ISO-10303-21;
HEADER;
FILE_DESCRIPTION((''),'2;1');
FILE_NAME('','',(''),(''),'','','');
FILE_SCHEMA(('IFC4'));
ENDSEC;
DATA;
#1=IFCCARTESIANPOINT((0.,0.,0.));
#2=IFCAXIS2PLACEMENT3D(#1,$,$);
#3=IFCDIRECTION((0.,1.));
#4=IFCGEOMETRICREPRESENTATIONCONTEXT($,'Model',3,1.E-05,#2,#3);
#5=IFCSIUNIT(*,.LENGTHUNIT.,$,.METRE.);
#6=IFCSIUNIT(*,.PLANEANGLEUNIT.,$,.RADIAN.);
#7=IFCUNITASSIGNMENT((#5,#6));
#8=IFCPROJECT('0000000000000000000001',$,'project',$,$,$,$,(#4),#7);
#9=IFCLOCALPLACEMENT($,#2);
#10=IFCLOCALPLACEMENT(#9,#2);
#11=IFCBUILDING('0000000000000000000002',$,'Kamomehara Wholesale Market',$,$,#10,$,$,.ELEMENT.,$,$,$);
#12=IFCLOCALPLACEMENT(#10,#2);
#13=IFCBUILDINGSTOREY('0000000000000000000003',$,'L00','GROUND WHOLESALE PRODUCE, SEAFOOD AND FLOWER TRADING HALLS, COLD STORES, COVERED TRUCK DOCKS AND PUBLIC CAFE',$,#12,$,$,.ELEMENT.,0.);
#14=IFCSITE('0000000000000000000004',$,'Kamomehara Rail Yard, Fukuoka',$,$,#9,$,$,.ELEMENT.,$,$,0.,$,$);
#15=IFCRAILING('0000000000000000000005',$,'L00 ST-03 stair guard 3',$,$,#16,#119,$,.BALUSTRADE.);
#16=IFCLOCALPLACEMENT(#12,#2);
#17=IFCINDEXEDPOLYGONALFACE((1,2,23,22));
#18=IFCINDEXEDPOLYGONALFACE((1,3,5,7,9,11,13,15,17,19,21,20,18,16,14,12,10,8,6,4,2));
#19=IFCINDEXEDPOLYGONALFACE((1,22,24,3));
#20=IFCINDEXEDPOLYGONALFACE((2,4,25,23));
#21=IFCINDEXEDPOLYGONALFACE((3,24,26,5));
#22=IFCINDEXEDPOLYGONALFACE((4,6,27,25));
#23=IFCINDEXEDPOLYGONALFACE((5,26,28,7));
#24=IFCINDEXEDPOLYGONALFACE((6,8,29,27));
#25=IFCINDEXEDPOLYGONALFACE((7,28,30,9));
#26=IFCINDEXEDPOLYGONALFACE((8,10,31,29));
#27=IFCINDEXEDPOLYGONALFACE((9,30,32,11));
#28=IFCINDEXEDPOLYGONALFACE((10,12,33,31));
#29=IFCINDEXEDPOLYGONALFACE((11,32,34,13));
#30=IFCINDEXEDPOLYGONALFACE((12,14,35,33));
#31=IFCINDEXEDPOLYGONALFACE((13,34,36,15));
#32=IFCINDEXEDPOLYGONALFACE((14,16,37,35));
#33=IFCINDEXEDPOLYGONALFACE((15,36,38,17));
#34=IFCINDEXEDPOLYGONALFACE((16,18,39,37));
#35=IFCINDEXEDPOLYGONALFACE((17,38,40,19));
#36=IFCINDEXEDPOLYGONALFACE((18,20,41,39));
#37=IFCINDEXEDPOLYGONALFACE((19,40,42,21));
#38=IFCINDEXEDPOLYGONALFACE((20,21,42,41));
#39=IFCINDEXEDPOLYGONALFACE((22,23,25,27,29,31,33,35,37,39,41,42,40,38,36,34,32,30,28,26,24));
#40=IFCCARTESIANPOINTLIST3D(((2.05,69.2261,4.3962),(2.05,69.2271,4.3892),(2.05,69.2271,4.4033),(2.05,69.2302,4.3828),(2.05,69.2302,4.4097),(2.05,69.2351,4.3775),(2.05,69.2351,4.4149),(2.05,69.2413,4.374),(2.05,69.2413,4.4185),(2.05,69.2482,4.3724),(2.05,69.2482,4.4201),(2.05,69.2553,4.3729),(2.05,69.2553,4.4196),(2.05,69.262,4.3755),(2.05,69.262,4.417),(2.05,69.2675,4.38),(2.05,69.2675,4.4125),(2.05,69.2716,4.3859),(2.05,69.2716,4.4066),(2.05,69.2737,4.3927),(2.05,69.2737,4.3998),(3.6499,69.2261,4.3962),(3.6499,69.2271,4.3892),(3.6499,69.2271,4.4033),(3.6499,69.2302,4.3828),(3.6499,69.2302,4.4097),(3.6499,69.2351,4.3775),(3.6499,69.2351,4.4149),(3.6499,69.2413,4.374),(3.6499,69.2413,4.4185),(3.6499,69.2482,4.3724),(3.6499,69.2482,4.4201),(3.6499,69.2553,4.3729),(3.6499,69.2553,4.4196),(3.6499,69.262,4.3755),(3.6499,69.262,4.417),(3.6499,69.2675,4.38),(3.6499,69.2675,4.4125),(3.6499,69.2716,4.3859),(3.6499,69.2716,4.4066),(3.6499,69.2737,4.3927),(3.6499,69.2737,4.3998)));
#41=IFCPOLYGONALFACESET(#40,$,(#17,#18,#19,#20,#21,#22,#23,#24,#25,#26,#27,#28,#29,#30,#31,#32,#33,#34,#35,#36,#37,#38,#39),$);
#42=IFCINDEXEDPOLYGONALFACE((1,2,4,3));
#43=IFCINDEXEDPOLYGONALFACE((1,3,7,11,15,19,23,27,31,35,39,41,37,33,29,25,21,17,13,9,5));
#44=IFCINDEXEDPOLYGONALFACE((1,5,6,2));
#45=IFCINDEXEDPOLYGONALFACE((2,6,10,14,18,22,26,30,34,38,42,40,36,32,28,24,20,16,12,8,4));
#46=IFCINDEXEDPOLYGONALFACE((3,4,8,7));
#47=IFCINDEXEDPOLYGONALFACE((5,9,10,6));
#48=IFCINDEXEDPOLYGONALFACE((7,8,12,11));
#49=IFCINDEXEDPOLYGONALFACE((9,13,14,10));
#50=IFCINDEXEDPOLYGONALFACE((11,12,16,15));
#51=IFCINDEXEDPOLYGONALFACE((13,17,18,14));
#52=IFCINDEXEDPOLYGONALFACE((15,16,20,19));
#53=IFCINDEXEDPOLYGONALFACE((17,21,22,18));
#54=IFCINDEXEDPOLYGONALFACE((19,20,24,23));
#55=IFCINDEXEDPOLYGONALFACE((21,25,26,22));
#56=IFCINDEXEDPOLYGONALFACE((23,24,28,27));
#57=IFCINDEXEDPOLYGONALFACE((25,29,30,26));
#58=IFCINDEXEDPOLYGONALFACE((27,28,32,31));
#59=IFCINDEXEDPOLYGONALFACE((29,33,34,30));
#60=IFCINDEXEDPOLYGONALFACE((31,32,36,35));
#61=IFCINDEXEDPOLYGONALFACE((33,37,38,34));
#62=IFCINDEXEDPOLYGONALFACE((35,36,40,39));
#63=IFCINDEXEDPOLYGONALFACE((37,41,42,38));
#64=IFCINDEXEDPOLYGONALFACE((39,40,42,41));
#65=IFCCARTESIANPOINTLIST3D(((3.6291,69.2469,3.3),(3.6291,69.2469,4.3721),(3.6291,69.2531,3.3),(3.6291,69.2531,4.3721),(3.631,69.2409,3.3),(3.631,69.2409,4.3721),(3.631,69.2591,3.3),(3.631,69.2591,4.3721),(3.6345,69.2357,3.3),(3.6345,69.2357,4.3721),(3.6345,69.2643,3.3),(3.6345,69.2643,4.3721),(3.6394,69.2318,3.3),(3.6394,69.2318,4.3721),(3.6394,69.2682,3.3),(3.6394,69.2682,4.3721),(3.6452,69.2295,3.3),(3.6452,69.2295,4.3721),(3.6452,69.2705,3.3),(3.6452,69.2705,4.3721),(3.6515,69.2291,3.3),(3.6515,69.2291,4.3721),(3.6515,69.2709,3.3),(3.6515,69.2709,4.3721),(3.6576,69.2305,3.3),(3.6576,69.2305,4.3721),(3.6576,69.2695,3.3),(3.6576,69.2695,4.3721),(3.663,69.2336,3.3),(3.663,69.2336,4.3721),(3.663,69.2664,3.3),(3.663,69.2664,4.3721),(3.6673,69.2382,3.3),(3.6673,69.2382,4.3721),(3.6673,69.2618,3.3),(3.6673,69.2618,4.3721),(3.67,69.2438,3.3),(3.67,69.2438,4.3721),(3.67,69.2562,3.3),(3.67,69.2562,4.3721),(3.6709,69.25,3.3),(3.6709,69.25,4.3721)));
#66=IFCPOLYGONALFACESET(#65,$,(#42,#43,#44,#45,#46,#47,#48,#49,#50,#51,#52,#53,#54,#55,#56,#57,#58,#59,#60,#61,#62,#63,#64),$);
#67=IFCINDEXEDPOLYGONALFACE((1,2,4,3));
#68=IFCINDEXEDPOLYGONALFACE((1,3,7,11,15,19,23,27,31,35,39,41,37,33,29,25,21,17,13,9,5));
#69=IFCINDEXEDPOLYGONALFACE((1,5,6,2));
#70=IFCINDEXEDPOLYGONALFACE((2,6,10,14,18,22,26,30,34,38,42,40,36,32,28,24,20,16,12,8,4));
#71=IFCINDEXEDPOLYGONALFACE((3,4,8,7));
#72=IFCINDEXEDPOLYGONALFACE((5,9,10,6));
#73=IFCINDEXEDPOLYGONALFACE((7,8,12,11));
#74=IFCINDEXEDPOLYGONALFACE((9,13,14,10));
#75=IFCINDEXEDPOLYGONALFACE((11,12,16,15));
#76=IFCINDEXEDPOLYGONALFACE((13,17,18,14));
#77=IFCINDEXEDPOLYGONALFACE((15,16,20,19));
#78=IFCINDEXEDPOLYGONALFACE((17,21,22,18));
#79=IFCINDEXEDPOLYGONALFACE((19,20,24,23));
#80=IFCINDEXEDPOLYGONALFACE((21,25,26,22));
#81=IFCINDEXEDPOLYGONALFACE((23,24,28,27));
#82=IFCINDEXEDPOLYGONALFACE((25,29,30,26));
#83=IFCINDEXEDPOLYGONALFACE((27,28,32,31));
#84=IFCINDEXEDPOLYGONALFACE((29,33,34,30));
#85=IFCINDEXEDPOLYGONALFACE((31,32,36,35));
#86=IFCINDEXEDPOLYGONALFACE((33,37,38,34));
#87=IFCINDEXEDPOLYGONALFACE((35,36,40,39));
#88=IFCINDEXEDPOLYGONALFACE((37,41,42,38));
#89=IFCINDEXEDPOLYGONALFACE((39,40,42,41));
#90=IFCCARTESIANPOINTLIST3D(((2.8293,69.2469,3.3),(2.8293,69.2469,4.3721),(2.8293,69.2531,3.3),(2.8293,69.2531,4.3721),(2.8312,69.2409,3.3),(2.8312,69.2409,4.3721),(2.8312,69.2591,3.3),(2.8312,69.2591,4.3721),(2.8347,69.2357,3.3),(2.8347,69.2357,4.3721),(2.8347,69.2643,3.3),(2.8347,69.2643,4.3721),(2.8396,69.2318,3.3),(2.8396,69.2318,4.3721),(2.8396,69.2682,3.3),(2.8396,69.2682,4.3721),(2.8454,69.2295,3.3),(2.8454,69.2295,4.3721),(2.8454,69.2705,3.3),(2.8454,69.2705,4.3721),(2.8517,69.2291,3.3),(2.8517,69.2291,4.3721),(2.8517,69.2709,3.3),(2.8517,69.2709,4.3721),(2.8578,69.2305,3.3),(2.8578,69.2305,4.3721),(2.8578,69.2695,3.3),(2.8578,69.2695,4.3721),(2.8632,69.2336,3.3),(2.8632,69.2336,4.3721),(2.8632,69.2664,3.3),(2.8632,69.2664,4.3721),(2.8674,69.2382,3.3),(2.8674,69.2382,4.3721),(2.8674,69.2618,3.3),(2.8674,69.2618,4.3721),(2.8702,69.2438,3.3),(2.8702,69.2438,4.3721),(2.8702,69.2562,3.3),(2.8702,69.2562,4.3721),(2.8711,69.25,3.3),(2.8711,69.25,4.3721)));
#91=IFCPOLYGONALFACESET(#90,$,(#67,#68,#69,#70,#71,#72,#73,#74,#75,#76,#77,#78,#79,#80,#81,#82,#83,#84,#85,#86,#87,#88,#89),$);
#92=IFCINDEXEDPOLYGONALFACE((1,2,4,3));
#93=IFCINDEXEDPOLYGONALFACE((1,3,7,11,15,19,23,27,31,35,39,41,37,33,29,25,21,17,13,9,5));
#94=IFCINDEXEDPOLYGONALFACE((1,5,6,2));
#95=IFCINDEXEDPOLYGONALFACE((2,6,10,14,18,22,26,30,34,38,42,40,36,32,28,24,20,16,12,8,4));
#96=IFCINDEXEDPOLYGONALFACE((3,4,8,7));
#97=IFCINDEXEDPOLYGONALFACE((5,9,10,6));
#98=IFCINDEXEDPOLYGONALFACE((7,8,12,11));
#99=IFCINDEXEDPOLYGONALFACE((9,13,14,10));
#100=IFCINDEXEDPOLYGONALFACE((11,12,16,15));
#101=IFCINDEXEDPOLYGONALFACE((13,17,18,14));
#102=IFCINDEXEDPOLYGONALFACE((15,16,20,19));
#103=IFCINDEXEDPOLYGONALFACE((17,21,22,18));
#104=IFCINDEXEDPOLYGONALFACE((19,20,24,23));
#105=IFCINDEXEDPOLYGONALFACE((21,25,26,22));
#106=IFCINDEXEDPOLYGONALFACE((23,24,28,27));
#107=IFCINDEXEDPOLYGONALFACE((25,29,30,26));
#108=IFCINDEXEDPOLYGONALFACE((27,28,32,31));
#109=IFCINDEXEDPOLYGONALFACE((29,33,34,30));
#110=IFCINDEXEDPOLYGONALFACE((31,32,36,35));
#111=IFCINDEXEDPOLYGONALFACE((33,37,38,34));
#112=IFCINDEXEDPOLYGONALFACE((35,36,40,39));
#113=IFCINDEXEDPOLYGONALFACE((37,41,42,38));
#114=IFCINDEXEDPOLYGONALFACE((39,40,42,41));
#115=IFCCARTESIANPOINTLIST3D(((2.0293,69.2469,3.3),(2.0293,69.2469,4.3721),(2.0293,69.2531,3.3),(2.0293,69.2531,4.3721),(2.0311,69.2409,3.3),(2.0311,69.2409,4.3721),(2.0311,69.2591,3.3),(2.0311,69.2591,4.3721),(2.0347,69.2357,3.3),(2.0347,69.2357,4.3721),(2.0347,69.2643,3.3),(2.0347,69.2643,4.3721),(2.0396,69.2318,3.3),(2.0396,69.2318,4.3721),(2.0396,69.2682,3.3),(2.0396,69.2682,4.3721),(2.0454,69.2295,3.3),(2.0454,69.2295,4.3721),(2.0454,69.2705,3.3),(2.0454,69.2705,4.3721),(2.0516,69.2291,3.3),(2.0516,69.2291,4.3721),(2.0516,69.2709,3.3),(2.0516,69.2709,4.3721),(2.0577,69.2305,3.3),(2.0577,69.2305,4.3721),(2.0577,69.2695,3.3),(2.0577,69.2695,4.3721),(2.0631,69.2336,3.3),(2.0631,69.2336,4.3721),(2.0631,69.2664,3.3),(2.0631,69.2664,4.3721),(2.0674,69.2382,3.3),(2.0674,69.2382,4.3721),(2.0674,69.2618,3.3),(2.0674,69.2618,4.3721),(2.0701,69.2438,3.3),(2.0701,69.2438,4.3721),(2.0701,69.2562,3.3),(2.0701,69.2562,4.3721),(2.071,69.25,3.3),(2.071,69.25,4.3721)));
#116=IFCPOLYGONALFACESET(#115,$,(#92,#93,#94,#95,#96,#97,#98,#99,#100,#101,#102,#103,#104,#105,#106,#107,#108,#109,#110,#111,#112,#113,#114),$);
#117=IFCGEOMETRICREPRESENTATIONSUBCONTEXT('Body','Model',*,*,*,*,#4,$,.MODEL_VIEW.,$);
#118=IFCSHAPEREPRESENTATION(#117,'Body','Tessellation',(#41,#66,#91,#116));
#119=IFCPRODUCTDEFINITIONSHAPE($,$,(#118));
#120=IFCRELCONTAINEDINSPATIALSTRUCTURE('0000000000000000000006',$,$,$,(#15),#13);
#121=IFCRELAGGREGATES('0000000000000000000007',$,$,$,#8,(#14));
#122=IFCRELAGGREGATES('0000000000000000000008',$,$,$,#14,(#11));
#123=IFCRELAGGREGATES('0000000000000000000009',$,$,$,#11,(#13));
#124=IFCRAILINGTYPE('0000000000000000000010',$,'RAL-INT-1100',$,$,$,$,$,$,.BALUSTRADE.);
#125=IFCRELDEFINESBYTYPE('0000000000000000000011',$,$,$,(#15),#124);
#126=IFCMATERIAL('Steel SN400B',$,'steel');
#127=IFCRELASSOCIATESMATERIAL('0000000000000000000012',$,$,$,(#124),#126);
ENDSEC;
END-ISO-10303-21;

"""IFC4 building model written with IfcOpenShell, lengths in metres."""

from ifc_helpers import new_model, si_unit, direction, frame, origin, origin_2d, place, context, subcontext, project, spatial, circle, extrude, material, type_object, element, save


model = new_model("IFC4")

# Units and contexts
model_context = context("Model", 3, precision=1e-05, world=origin(), true_north=direction((0.0, 1.0)))
body_context = subcontext(model_context, "Body", "Model", "MODEL_VIEW")
ifc_project = project(units=[si_unit("LENGTHUNIT", "METRE"), si_unit("PLANEANGLEUNIT", "RADIAN")], contexts=[model_context])

# Site, building, storey
site_placement = place(None, origin())
site = spatial("IfcSite", under=ifc_project, at=site_placement, Name="Kamomehara Rail Yard, Fukuoka", CompositionType="ELEMENT", RefElevation=0.0)
building_placement = place(site_placement, origin())
building = spatial("IfcBuilding", under=site, at=building_placement, Name="Kamomehara Wholesale Market", CompositionType="ELEMENT")
storey_placement = place(building_placement, origin())
storey = spatial("IfcBuildingStorey", under=building, at=storey_placement, Name="L00", Description="GROUND WHOLESALE PRODUCE, SEAFOOD AND FLOWER TRADING HALLS, COLD STORES, COVERED TRUCK DOCKS AND PUBLIC CAFE", CompositionType="ELEMENT", Elevation=0.0)

# Railing
ifc_material_1 = material(Name="Steel SN400B", Category="steel")
railing_type = type_object("IfcRailingType", Name="RAL-INT-1100", PredefinedType="BALUSTRADE", material=ifc_material_1)
railing_1_placement = place(storey_placement, frame((3.6499, 69.25, 3.3)))
element("IfcRailing", 1, at=railing_1_placement, inside=storey, type_object=railing_type, Name="L00 ST-03 stair guard 3", PredefinedType="BALUSTRADE", context=body_context, shape_type="SweptSolid", body=[
    extrude(circle(Radius=0.0239, at=origin_2d()), frame((0.0, 0.0, 1.0962), z_axis=(-1.0, 0.0, 0.0), x_axis=(0.0, -1.0, 0.0)), (0.0, 0.0, 1.0), 1.5999),
    extrude(circle(Radius=0.021, at=origin_2d()), origin(), (0.0, 0.0, 1.0), 1.072),
    extrude(circle(Radius=0.021, at=origin_2d()), frame((-0.7998, 0.0, 0.0)), (0.0, 0.0, 1.0), 1.072),
    extrude(circle(Radius=0.021, at=origin_2d()), frame((-1.5999, 0.0, 0.0)), (0.0, 0.0, 1.0), 1.072),
])

save(model, "model.ifc")
